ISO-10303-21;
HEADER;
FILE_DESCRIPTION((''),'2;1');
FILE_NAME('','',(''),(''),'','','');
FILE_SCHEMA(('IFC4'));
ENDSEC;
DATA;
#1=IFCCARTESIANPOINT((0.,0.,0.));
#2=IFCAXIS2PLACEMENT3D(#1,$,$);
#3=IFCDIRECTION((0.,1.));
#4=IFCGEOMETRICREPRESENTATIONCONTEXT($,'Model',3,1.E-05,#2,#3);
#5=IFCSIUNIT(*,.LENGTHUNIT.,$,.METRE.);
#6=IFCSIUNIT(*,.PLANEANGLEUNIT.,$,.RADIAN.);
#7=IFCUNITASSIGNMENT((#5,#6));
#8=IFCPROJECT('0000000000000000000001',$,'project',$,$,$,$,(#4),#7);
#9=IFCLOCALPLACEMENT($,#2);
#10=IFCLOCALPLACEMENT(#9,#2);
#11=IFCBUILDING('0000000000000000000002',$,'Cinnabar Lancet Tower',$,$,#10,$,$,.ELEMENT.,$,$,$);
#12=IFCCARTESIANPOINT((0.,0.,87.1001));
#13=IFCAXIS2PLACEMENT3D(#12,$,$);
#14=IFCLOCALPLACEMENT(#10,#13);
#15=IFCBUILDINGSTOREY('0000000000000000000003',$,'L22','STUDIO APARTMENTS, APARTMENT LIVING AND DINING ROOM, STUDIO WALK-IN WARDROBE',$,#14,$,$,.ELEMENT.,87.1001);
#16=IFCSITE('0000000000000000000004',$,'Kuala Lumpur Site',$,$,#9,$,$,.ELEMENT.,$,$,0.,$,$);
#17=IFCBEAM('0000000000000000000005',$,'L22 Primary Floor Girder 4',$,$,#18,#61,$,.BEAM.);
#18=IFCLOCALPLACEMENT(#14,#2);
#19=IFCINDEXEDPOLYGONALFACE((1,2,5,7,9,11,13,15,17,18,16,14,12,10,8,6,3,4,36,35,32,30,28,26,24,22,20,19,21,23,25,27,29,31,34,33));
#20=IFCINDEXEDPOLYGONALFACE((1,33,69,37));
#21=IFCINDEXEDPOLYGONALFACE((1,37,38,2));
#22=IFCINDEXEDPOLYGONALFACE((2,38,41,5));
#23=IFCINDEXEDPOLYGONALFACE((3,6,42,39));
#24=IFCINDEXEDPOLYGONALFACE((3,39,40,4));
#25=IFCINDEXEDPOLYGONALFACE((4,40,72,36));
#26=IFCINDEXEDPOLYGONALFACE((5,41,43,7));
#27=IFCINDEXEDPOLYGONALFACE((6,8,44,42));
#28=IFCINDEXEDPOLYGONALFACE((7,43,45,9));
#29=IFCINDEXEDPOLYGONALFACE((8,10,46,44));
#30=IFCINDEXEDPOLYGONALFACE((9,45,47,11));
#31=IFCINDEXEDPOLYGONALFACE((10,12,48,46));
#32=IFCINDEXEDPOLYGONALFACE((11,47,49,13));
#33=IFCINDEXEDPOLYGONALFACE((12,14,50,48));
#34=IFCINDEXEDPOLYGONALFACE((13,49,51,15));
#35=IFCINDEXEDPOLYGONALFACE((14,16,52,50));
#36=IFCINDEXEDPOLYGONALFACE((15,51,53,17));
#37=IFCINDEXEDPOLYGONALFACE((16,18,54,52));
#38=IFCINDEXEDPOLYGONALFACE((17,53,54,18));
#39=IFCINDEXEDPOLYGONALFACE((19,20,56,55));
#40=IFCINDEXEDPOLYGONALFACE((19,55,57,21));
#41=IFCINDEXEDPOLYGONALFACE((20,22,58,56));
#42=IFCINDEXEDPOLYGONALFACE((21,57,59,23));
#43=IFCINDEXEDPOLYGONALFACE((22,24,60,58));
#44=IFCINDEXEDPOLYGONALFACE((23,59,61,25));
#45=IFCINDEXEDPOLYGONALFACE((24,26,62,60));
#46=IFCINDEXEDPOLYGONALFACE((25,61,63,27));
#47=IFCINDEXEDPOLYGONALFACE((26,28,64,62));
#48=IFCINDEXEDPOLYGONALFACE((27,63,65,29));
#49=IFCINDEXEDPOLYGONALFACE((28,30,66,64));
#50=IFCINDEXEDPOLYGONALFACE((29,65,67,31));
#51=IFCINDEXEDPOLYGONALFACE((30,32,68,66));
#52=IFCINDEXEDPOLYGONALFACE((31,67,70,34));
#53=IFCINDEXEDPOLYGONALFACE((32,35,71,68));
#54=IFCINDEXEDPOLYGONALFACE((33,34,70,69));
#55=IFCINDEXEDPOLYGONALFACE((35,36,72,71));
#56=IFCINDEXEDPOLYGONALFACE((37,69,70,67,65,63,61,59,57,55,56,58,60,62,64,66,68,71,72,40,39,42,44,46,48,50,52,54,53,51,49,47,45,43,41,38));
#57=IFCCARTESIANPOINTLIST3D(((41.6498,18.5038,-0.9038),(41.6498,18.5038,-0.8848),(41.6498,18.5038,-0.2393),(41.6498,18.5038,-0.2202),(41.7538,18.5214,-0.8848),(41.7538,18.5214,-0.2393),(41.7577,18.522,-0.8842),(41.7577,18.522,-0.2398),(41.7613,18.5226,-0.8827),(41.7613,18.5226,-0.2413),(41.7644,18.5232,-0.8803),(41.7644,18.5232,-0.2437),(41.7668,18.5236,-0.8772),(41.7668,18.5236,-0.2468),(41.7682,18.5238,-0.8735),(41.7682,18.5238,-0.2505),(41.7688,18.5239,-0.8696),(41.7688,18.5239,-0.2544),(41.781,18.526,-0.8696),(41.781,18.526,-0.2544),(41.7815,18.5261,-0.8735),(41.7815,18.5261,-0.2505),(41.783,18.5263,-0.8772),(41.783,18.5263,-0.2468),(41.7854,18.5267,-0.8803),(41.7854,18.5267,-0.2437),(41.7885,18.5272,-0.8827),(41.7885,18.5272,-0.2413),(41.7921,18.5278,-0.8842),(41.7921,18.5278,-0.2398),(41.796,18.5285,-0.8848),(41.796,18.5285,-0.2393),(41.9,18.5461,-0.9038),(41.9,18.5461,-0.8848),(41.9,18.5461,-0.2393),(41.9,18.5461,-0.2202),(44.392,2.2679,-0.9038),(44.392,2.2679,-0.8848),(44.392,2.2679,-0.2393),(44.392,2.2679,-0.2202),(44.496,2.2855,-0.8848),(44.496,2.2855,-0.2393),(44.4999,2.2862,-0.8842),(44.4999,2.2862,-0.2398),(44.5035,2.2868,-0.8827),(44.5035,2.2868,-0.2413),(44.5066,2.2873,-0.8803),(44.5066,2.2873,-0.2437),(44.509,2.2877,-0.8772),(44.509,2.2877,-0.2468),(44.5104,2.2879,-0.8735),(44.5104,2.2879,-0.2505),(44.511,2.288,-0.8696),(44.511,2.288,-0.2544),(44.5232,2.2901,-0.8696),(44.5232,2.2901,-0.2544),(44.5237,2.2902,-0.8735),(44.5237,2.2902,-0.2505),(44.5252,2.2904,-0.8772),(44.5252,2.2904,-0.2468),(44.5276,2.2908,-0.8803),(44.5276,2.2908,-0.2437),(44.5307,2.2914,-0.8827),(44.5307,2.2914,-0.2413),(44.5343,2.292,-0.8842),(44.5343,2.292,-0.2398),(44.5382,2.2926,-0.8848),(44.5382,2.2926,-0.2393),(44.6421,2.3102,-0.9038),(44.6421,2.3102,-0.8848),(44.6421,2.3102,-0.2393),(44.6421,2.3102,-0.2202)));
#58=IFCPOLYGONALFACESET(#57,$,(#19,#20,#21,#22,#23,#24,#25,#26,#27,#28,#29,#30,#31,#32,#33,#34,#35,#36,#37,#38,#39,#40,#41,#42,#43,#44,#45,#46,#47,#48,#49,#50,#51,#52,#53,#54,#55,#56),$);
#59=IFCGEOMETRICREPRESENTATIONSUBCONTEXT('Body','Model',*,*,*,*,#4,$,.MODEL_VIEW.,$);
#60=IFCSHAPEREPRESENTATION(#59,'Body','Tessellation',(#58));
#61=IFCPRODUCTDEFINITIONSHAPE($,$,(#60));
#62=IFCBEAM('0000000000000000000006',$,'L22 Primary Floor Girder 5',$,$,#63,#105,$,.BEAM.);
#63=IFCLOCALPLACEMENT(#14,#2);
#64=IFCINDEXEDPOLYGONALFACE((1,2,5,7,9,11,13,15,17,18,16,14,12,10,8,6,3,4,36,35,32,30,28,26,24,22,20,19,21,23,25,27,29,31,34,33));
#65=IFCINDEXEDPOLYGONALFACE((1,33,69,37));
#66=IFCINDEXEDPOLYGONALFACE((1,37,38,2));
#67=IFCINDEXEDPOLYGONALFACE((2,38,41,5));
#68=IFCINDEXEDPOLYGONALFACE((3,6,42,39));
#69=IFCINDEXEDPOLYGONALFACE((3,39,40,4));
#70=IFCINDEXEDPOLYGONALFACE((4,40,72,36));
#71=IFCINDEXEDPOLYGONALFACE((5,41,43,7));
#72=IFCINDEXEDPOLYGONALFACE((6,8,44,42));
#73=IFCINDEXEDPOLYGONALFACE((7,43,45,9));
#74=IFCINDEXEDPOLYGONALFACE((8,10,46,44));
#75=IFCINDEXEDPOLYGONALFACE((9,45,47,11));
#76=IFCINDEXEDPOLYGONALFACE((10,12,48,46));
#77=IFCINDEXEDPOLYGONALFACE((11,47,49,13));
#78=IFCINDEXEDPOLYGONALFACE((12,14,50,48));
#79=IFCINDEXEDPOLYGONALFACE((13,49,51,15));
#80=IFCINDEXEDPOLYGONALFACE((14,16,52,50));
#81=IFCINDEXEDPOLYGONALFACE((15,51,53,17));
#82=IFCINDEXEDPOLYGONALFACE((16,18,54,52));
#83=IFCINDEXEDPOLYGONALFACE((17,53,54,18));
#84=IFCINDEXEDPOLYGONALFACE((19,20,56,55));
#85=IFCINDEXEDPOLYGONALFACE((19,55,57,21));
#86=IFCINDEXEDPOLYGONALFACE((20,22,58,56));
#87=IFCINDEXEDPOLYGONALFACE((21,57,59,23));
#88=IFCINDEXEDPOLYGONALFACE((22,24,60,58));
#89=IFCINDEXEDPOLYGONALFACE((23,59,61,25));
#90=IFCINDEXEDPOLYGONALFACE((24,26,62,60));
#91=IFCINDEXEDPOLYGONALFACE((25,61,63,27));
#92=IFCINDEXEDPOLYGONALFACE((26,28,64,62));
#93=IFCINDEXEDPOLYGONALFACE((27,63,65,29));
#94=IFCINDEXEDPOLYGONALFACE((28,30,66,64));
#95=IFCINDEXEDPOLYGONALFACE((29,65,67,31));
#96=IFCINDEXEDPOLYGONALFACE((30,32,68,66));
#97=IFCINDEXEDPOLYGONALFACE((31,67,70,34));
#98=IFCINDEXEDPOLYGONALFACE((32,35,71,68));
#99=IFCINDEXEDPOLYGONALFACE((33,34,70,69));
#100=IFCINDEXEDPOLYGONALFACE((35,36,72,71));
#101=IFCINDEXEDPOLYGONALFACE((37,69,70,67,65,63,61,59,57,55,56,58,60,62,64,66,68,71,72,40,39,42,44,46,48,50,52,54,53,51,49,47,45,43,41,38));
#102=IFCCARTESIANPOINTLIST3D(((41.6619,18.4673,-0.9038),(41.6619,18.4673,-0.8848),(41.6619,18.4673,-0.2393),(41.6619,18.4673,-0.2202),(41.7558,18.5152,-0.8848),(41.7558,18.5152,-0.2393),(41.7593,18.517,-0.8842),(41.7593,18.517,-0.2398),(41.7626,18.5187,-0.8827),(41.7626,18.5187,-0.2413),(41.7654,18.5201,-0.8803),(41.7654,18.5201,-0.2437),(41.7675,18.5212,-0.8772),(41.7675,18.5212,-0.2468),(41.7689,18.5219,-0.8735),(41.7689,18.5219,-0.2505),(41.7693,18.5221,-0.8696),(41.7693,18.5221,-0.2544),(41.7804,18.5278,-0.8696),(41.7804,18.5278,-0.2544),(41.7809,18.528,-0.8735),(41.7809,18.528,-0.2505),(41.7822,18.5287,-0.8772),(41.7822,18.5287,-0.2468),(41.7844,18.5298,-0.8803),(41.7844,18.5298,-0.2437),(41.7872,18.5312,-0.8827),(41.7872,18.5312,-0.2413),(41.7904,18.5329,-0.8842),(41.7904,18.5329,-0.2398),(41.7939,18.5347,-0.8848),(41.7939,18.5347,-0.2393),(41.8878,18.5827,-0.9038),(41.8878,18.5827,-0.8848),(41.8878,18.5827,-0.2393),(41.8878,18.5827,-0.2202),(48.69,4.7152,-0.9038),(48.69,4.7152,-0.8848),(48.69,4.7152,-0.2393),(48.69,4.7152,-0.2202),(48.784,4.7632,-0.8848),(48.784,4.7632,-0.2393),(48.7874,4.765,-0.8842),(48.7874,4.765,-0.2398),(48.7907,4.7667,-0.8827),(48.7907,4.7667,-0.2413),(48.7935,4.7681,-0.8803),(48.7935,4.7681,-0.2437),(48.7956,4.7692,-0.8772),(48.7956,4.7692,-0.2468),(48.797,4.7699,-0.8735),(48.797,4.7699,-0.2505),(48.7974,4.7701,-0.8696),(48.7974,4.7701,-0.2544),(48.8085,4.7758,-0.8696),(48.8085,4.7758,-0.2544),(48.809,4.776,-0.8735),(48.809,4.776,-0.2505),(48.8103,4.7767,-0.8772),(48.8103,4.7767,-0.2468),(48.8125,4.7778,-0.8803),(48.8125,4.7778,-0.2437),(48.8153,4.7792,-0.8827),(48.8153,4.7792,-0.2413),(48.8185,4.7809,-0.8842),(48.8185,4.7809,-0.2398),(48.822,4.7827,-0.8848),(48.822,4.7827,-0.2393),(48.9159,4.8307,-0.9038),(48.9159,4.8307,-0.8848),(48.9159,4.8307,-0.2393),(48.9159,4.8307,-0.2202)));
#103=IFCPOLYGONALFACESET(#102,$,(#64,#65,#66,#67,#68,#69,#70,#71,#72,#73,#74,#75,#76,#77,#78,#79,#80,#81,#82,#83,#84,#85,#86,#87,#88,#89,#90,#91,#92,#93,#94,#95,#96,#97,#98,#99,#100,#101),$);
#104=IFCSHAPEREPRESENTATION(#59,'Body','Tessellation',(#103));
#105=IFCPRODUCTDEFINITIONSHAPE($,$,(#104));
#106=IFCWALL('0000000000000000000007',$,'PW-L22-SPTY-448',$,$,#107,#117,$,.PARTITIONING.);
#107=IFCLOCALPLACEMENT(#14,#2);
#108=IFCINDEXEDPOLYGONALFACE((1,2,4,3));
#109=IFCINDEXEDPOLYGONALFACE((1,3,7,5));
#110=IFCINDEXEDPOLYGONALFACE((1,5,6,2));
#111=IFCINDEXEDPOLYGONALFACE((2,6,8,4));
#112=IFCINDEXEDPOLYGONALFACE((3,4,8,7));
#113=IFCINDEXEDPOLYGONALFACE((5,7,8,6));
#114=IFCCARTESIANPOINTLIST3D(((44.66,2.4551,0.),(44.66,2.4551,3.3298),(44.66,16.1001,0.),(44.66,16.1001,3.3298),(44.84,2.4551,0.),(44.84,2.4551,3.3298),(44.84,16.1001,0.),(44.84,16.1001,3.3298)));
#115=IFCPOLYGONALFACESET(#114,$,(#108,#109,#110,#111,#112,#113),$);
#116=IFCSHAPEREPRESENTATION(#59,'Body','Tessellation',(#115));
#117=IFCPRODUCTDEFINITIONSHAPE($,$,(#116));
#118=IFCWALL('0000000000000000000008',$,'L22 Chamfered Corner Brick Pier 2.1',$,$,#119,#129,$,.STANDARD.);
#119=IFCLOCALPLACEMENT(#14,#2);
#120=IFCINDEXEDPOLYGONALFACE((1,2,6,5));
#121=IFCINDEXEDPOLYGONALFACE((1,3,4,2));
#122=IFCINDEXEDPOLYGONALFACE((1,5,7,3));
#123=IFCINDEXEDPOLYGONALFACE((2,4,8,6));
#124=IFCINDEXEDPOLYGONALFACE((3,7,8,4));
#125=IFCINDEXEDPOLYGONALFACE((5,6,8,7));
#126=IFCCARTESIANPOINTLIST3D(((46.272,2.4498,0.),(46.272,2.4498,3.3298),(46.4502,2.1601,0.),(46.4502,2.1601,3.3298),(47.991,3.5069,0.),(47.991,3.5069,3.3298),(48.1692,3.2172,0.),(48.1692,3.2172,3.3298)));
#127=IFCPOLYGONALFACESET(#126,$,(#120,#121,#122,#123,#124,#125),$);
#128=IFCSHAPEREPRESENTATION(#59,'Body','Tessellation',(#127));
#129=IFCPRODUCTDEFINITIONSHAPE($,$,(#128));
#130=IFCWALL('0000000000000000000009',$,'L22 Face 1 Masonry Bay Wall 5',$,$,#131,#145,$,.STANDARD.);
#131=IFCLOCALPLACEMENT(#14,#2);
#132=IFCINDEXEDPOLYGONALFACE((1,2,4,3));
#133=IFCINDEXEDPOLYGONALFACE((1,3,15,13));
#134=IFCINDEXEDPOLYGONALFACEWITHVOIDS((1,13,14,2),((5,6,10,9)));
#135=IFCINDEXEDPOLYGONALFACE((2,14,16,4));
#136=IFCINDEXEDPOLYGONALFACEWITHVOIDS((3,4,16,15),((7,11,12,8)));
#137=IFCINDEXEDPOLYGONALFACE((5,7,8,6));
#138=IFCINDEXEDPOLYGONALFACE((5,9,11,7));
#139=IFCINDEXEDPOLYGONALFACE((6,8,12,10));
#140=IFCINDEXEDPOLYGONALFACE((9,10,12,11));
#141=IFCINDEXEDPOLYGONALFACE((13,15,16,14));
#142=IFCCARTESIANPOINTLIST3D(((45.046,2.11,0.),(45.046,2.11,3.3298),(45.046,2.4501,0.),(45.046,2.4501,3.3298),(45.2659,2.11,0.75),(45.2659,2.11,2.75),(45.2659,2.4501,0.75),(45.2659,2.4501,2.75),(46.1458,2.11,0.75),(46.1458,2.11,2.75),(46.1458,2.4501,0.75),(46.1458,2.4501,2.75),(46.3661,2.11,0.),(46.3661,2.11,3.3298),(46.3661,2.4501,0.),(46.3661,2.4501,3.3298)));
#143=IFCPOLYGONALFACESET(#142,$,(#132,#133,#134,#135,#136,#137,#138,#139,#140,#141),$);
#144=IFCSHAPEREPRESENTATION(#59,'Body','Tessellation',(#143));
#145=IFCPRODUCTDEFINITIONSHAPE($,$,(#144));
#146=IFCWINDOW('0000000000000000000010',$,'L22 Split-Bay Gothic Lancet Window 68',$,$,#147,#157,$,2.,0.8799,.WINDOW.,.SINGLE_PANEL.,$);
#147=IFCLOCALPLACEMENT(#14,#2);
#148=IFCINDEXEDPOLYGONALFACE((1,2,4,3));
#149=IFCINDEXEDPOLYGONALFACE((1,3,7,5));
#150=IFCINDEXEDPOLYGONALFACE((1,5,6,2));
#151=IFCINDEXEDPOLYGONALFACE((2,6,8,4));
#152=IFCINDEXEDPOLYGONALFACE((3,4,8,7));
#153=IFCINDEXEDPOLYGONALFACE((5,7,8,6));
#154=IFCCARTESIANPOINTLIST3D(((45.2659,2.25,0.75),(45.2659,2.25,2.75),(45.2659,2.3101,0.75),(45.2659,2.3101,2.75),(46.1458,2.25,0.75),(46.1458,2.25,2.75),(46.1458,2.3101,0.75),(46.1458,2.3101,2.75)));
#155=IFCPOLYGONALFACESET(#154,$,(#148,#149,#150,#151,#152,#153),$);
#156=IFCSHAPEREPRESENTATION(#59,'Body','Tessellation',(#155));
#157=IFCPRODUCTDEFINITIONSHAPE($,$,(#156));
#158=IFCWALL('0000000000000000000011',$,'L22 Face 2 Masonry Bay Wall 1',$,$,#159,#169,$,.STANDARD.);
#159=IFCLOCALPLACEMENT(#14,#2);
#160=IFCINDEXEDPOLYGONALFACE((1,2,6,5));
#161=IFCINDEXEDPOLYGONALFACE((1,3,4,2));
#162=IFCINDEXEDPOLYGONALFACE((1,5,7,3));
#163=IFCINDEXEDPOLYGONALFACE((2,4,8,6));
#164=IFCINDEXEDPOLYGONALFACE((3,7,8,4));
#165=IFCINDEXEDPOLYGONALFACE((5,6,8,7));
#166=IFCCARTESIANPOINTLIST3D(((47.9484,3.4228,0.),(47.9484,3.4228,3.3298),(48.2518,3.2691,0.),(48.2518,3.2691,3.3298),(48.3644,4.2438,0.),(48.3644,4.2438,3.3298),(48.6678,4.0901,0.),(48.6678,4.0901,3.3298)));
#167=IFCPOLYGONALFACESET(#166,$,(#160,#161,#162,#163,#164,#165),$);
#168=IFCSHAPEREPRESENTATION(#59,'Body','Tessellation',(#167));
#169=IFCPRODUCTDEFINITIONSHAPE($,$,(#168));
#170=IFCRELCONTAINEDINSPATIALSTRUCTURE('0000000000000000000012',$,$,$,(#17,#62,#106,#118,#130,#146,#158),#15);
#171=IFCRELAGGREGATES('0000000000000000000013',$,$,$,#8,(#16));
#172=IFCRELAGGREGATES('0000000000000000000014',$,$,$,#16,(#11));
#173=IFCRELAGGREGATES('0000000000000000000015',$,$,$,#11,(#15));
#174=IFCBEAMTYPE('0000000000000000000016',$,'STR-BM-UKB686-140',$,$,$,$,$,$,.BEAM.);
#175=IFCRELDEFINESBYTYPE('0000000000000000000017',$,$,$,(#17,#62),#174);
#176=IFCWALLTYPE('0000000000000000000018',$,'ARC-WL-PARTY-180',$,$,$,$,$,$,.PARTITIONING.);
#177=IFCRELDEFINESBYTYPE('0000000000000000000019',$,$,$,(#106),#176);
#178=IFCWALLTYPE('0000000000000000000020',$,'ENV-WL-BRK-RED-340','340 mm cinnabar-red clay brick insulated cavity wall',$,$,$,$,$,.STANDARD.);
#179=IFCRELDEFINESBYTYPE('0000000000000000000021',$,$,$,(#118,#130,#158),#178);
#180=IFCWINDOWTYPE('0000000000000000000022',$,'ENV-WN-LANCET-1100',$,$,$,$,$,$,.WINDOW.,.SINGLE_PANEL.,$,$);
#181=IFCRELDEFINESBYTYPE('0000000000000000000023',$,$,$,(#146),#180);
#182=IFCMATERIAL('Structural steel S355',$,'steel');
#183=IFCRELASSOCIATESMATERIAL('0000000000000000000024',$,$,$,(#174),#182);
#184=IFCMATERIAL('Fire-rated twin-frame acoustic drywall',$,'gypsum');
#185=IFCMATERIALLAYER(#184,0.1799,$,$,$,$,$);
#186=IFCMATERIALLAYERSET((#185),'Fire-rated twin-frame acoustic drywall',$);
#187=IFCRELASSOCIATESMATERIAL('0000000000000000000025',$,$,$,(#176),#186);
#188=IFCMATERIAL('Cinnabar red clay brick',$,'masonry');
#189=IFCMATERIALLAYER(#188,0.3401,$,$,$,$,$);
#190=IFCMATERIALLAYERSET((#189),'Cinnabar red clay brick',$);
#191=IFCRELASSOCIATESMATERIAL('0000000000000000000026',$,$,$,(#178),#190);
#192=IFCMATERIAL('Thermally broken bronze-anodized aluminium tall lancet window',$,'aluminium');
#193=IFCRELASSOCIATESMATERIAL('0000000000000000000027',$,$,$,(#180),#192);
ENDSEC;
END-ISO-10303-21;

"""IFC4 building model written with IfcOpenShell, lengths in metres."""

from ifc_helpers import new_model, si_unit, direction, frame, frame_2d, origin, origin_2d, place, context, subcontext, project, spatial, rectangle, i_section, extrude, material, layer, layer_set, material_profile, profile_set, type_object, element, fill, save


model = new_model("IFC4")

# Units and contexts
model_context = context("Model", 3, precision=1e-05, world=origin(), true_north=direction((0.0, 1.0)))
body_context = subcontext(model_context, "Body", "Model", "MODEL_VIEW")
ifc_project = project(units=[si_unit("LENGTHUNIT", "METRE"), si_unit("PLANEANGLEUNIT", "RADIAN")], contexts=[model_context])

# Site, building, storey
site_placement = place(None, origin())
site = spatial("IfcSite", under=ifc_project, at=site_placement, Name="Kuala Lumpur Site", CompositionType="ELEMENT", RefElevation=0.0)
building_placement = place(site_placement, origin())
building = spatial("IfcBuilding", under=site, at=building_placement, Name="Cinnabar Lancet Tower", CompositionType="ELEMENT")
storey_placement = place(building_placement, frame((0.0, 0.0, 87.1001)))
storey = spatial("IfcBuildingStorey", under=building, at=storey_placement, Name="L22", Description="STUDIO APARTMENTS, APARTMENT LIVING AND DINING ROOM, STUDIO WALK-IN WARDROBE", CompositionType="ELEMENT", Elevation=87.1001)

# Beams
ifc_material_1 = material(Name="Structural steel S355", Category="steel")
ifc_material_profile_1 = material_profile(ifc_material_1, i_section(OverallWidth=0.2537, OverallDepth=0.6836, WebThickness=0.0125, FlangeThickness=0.019, FilletRadius=0.0151, at=origin_2d()), Name="UKB 686x254x140")
ifc_profile_set_1 = profile_set([ifc_material_profile_1], Name="Structural steel S355")
beam_type_1 = type_object("IfcBeamType", Name="STR-BM-UKB686-140", PredefinedType="BEAM", material=ifc_profile_set_1)
beam_1_placement = place(storey_placement, frame((44.5171, 2.2891, -0.562), z_axis=(-0.166539, 0.986035, 0.0), x_axis=(-0.986035, -0.166539, 0.0)))
element("IfcBeam", 1, at=beam_1_placement, inside=storey, type_object=beam_type_1, Name="L22 Primary Floor Girder 4", PredefinedType="BEAM", context=body_context, shape_type="SweptSolid", body=[
    extrude(i_section(OverallWidth=0.2537, OverallDepth=0.6836, WebThickness=0.0125, FlangeThickness=0.019, FilletRadius=0.0151, at=origin_2d()), origin(), (0.0, 0.0, 1.0), 16.4658),
])
beam_2_placement = place(storey_placement, frame((48.803, 4.7729, -0.562), z_axis=(-0.455075, 0.890453, 0.0), x_axis=(-0.890453, -0.455075, 0.0)))
element("IfcBeam", 2, at=beam_2_placement, inside=storey, type_object=beam_type_1, Name="L22 Primary Floor Girder 5", PredefinedType="BEAM", context=body_context, shape_type="SweptSolid", body=[
    extrude(i_section(OverallWidth=0.2537, OverallDepth=0.6836, WebThickness=0.0125, FlangeThickness=0.019, FilletRadius=0.0151, at=origin_2d()), origin(), (0.0, 0.0, 1.0), 15.4438),
])

# Walls
ifc_material_2 = material(Name="Fire-rated twin-frame acoustic drywall", Category="gypsum")
ifc_layer_1 = layer(ifc_material_2, 0.1799)
ifc_layer_set_1 = layer_set([ifc_layer_1], Name="Fire-rated twin-frame acoustic drywall")
wall_type_1 = type_object("IfcWallType", Name="ARC-WL-PARTY-180", PredefinedType="PARTITIONING", material=ifc_layer_set_1)
wall_1_placement = place(storey_placement, frame((44.75, 2.4551, 0.0), z_axis=(0.0, 0.0, 1.0), x_axis=(0.0, 1.0, 0.0)))
element("IfcWall", 3, at=wall_1_placement, inside=storey, type_object=wall_type_1, Name="PW-L22-SPTY-448", PredefinedType="PARTITIONING", context=body_context, shape_type="SweptSolid", body=[
    extrude(rectangle(XDim=13.645, YDim=0.1799, at=frame_2d((6.8225, 0.0))), origin(), (0.0, 0.0, 1.0), 3.3298),
])
ifc_material_3 = material(Name="Cinnabar red clay brick", Category="masonry")
ifc_layer_2 = layer(ifc_material_3, 0.3401)
ifc_layer_set_2 = layer_set([ifc_layer_2], Name="Cinnabar red clay brick")
wall_type_2 = type_object("IfcWallType", Name="ENV-WL-BRK-RED-340", Description="340 mm cinnabar-red clay brick insulated cavity wall", PredefinedType="STANDARD", material=ifc_layer_set_2)
wall_2_placement = place(storey_placement, frame((46.3611, 2.3049, 0.0), z_axis=(0.0, 0.0, 1.0), x_axis=(0.851816, 0.523841, 0.0)))
element("IfcWall", 4, at=wall_2_placement, inside=storey, type_object=wall_type_2, Name="L22 Chamfered Corner Brick Pier 2.1", PredefinedType="STANDARD", context=body_context, shape_type="SweptSolid", body=[
    extrude(rectangle(XDim=2.0181, YDim=0.3401, at=frame_2d((1.009, 0.0))), origin(), (0.0, 0.0, 1.0), 3.3298),
])

# Wall, opening, window
wall_3_placement = place(storey_placement, frame((45.0459, 2.28, 0.0), z_axis=(0.0, 0.0, 1.0), x_axis=(1.0, 0.0, 0.0)))
wall_3 = element("IfcWall", 5, at=wall_3_placement, inside=storey, type_object=wall_type_2, Name="L22 Face 1 Masonry Bay Wall 5", PredefinedType="STANDARD", context=body_context, shape_type="SweptSolid", body=[
    extrude(rectangle(XDim=1.3201, YDim=0.3401, at=frame_2d((0.6602, 0.0))), origin(), (0.0, 0.0, 1.0), 3.3298),
])
opening_1_placement = place(wall_3_placement, frame((0.22, 0.0, 0.75)))
opening_1 = element("IfcOpeningElement", 6, at=opening_1_placement, cuts=wall_3, PredefinedType="OPENING", context=body_context, shape_type="SweptSolid", body=[
    extrude(rectangle(XDim=0.8799, YDim=2.0, at=frame_2d((0.4399, 1.0))), frame((0.0, 0.1799, 0.0), z_axis=(0.0, -1.0, 0.0), x_axis=(1.0, 0.0, 0.0)), (0.0, 0.0, 1.0), 0.3601),
])
ifc_material_4 = material(Name="Thermally broken bronze-anodized aluminium tall lancet window", Category="aluminium")
window_type = type_object("IfcWindowType", Name="ENV-WN-LANCET-1100", PartitioningType="SINGLE_PANEL", PredefinedType="WINDOW", material=ifc_material_4)
window_1_placement = place(opening_1_placement, origin())
window_1 = element("IfcWindow", 7, at=window_1_placement, inside=storey, type_object=window_type, Name="L22 Split-Bay Gothic Lancet Window 68", OverallHeight=2.0, OverallWidth=0.8799, PartitioningType="SINGLE_PANEL", PredefinedType="WINDOW", context=body_context, shape_type="SweptSolid", body=[
    extrude(rectangle(XDim=0.8799, YDim=2.0, at=frame_2d((0.4399, 1.0))), frame((0.0, 0.03, 0.0), z_axis=(0.0, -1.0, 0.0), x_axis=(1.0, 0.0, 0.0)), (0.0, 0.0, 1.0), 0.0601),
])
fill(opening_1, window_1)

# Wall
wall_4_placement = place(storey_placement, frame((48.1001, 3.3459, 0.0), z_axis=(0.0, 0.0, 1.0), x_axis=(0.451982, 0.892027, 0.0)))
element("IfcWall", 8, at=wall_4_placement, inside=storey, type_object=wall_type_2, Name="L22 Face 2 Masonry Bay Wall 1", PredefinedType="STANDARD", context=body_context, shape_type="SweptSolid", body=[
    extrude(rectangle(XDim=0.9204, YDim=0.3401, at=frame_2d((0.4602, 0.0))), origin(), (0.0, 0.0, 1.0), 3.3298),
])

save(model, "model.ifc")
